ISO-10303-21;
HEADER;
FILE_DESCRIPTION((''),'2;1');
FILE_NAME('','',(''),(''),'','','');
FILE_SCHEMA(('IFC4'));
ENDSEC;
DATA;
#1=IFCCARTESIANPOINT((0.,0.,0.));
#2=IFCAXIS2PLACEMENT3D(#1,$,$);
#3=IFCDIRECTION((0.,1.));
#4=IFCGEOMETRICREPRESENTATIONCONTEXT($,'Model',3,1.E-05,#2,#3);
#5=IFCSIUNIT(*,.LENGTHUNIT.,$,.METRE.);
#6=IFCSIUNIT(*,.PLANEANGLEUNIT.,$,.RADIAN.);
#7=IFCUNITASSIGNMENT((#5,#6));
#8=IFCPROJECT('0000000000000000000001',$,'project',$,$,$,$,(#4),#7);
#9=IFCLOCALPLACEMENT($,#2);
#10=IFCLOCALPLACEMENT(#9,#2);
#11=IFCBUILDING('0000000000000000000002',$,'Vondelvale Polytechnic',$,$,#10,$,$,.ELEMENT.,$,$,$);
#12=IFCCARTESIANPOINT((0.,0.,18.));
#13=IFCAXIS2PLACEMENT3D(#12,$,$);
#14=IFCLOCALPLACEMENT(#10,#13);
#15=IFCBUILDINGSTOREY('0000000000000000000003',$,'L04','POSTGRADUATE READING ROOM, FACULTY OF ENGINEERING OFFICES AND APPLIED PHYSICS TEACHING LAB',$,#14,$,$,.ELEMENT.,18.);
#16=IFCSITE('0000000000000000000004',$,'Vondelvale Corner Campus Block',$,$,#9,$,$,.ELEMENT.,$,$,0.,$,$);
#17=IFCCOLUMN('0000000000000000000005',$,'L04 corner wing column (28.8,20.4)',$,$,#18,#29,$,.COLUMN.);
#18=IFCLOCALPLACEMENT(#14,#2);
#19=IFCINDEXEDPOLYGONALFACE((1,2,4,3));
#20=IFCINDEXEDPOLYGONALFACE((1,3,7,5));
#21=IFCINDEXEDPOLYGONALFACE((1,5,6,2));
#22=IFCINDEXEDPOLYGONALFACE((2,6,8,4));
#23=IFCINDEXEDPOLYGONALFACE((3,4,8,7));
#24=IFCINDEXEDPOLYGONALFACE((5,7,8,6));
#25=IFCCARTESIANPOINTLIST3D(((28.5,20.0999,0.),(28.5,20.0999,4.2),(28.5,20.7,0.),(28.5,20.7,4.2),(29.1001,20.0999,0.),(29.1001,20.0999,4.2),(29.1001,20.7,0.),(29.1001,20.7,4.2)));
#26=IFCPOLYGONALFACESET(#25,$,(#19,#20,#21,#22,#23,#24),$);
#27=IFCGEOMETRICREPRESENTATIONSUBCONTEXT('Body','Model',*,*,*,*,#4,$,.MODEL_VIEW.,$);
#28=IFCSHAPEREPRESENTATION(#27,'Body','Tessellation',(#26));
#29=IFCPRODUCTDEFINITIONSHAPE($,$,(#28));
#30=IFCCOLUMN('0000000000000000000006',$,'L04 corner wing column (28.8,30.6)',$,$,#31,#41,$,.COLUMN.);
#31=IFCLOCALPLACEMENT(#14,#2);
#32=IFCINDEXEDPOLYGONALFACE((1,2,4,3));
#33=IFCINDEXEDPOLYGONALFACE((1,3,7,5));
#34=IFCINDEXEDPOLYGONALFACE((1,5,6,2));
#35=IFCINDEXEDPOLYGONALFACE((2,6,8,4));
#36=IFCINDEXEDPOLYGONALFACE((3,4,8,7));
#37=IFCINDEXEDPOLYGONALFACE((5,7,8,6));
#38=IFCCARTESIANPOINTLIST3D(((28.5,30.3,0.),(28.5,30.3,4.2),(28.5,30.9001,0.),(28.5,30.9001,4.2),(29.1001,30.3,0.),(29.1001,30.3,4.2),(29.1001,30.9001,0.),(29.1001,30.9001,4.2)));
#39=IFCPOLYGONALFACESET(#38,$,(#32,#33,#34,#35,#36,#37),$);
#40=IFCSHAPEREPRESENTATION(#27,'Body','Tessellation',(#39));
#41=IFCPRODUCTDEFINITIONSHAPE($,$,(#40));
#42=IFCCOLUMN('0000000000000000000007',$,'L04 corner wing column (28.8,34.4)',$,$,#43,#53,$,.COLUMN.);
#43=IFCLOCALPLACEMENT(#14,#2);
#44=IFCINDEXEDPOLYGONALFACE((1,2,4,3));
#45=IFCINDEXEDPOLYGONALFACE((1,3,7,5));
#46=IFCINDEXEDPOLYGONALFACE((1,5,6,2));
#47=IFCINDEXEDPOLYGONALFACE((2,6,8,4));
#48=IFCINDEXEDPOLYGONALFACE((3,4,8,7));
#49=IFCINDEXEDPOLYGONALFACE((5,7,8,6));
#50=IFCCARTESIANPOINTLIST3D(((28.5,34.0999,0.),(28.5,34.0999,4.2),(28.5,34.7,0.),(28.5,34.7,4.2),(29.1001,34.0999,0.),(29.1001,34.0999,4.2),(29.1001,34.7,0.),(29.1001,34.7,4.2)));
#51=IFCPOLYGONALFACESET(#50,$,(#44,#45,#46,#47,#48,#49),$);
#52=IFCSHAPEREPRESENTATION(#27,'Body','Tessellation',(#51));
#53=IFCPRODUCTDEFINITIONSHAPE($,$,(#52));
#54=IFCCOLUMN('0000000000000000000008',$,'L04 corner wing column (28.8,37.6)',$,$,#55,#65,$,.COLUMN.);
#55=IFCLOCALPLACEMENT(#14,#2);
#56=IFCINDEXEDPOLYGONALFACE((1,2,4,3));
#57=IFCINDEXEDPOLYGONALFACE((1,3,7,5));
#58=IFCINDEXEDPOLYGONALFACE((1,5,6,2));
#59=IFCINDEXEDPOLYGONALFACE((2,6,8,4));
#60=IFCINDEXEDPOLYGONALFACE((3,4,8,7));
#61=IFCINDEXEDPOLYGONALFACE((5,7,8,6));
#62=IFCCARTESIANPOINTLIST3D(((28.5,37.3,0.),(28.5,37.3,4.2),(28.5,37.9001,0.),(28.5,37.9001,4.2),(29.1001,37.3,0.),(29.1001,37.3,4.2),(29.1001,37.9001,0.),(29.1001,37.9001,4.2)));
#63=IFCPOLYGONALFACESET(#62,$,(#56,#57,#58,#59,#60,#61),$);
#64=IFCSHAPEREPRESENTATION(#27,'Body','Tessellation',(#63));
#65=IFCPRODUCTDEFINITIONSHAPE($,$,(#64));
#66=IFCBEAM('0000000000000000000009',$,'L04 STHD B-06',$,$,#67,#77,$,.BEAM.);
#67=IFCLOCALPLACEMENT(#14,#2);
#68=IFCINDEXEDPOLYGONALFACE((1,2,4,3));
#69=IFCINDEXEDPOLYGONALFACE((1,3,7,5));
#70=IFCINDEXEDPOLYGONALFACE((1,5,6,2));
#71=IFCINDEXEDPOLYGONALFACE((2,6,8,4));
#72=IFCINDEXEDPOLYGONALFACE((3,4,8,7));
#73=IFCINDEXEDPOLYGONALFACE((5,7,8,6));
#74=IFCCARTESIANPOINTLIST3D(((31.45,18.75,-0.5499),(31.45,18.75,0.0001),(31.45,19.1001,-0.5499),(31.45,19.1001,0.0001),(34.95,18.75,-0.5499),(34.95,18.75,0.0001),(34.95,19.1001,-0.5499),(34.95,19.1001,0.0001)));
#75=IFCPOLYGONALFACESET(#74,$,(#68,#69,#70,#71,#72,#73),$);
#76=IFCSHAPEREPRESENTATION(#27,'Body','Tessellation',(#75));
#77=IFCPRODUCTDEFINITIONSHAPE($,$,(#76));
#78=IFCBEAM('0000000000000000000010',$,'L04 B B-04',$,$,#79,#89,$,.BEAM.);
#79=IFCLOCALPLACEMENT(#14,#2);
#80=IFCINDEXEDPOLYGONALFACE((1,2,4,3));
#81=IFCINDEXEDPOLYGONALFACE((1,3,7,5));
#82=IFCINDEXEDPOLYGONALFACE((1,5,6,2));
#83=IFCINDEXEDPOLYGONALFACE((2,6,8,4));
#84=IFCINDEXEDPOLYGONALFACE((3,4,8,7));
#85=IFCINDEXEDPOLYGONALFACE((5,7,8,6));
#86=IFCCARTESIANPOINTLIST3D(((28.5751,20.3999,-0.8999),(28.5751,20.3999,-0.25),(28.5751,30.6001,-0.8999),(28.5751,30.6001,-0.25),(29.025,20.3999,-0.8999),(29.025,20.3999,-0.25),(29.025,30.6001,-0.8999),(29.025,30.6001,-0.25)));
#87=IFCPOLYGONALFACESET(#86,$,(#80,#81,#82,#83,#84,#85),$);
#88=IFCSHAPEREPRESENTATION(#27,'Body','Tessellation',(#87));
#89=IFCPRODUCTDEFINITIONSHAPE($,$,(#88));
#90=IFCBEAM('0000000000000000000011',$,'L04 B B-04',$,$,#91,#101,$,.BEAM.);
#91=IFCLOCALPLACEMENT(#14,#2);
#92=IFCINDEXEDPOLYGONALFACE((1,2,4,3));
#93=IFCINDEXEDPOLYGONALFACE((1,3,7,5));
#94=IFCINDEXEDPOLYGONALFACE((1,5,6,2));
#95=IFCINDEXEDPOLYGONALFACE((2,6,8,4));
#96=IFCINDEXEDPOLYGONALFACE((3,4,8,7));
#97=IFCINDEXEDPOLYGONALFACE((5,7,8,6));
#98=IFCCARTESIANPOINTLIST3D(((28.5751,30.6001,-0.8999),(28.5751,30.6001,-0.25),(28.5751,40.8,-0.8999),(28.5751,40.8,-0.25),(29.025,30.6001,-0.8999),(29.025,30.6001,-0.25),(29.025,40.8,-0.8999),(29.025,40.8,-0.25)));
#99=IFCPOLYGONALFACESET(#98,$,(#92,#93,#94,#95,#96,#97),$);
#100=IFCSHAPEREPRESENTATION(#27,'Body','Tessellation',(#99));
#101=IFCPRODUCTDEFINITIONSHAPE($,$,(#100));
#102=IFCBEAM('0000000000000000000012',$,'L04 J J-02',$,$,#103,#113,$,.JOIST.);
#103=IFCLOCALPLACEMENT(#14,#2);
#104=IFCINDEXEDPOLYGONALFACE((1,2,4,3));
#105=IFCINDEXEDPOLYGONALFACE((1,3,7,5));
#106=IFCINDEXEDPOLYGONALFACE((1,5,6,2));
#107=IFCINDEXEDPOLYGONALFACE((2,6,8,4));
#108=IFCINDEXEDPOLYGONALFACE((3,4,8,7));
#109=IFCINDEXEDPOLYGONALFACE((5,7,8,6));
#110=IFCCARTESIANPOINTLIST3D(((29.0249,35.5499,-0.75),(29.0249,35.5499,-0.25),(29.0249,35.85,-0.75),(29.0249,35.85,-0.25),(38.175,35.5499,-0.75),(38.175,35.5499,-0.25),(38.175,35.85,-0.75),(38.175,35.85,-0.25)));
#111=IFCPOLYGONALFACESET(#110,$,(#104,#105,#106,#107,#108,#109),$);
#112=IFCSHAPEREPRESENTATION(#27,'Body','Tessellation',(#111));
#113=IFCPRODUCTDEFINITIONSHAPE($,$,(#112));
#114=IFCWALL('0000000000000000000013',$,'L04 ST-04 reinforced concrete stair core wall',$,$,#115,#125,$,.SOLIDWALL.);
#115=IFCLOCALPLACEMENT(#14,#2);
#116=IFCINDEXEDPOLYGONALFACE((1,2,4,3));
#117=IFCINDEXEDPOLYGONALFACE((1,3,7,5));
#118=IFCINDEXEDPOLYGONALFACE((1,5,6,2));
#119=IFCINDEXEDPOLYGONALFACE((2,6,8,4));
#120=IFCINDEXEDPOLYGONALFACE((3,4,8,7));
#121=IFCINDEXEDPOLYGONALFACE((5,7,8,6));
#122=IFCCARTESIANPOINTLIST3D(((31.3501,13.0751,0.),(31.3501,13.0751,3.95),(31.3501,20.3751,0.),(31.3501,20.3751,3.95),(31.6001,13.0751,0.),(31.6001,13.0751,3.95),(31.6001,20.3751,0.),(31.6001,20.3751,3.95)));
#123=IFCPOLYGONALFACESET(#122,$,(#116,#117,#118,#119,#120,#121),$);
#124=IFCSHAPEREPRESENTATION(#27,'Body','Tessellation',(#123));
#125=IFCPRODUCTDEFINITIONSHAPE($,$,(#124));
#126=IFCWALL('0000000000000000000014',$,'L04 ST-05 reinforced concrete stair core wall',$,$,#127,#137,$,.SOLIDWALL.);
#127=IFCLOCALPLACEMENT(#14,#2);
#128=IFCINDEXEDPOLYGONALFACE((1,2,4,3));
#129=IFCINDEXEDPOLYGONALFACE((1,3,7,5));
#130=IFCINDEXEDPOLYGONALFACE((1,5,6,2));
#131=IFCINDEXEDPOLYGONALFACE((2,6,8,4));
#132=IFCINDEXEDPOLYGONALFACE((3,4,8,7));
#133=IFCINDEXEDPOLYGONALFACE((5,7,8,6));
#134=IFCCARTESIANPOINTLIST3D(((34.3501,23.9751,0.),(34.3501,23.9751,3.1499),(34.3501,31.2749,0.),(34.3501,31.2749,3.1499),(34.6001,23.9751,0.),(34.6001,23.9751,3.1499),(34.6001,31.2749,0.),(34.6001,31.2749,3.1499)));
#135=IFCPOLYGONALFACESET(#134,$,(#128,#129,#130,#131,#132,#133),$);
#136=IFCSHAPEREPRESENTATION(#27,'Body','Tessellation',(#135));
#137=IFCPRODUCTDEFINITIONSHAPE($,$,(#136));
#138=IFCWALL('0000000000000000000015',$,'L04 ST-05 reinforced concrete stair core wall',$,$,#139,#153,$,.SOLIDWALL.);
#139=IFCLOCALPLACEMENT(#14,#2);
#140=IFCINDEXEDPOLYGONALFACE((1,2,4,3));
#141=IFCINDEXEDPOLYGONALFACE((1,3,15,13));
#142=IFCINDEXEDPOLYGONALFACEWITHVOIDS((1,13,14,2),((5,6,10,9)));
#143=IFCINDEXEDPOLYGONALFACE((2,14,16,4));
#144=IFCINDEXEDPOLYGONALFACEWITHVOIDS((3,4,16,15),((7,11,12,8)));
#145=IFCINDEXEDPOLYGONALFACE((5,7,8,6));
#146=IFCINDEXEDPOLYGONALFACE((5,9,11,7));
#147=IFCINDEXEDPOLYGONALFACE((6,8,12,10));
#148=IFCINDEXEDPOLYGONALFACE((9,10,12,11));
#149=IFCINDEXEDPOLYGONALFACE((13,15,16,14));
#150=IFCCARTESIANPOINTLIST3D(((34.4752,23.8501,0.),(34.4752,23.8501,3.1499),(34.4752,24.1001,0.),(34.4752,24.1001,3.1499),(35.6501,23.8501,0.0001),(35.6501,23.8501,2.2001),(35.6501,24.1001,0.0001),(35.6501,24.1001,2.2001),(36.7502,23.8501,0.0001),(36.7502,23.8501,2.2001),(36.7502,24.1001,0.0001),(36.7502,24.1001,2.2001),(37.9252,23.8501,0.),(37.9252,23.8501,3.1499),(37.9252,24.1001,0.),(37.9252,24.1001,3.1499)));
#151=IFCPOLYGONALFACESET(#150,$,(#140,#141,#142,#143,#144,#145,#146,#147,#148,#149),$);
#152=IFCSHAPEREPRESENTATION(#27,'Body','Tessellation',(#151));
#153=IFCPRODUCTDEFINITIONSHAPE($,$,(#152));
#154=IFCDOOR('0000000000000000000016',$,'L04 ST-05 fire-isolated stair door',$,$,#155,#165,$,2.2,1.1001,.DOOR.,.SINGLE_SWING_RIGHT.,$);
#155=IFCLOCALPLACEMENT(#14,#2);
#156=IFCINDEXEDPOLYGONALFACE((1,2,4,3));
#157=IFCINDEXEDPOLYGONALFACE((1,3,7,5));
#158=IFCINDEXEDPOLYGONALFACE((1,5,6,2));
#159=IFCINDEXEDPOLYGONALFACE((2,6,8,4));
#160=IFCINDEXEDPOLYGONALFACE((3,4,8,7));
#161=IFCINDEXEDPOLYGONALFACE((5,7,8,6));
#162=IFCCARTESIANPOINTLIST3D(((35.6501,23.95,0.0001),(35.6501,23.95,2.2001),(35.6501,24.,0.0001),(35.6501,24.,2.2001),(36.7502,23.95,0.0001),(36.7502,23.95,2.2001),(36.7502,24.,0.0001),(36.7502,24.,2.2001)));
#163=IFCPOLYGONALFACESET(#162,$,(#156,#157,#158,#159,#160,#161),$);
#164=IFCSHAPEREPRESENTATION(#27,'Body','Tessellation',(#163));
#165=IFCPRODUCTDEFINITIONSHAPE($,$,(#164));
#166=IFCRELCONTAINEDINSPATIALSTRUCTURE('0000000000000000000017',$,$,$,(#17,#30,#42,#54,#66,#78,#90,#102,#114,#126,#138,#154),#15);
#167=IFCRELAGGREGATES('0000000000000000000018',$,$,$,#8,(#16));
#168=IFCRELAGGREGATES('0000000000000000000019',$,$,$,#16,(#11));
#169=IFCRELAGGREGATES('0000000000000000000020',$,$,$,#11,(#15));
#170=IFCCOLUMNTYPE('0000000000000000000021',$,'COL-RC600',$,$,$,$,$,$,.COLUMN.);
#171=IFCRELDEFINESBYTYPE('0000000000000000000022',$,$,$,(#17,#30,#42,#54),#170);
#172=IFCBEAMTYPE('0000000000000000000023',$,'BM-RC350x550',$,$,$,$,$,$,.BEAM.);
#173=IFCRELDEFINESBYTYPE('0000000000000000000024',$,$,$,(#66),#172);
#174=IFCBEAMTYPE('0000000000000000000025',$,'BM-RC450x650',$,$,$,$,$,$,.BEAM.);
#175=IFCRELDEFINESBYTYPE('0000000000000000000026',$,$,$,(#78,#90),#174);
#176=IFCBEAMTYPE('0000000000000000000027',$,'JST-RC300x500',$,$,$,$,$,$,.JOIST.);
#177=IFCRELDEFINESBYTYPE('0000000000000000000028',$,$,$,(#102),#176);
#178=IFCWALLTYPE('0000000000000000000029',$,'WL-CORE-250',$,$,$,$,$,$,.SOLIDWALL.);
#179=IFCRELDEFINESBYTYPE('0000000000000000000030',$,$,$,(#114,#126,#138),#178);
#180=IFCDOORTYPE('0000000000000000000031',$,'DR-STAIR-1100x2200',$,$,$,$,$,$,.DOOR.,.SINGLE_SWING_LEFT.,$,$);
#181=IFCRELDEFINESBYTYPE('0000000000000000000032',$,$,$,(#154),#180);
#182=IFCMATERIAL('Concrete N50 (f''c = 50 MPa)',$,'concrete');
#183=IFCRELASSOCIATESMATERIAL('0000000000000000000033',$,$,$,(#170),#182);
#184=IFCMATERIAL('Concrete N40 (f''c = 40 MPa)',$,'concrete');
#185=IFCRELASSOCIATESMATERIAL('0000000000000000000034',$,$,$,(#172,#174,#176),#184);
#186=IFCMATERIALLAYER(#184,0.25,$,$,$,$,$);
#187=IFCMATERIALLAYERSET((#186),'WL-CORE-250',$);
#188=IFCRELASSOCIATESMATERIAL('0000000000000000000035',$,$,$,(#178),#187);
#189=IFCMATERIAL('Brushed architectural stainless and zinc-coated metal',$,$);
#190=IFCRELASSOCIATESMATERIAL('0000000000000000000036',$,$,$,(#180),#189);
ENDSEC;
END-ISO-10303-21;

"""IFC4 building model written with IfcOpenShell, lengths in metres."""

from ifc_helpers import new_model, si_unit, direction, frame, frame_2d, origin, origin_2d, place, context, subcontext, project, spatial, rectangle, extrude, material, layer, layer_set, material_profile, profile_set, type_object, element, fill, save


model = new_model("IFC4")

# Units and contexts
model_context = context("Model", 3, precision=1e-05, world=origin(), true_north=direction((0.0, 1.0)))
body_context = subcontext(model_context, "Body", "Model", "MODEL_VIEW")
ifc_project = project(units=[si_unit("LENGTHUNIT", "METRE"), si_unit("PLANEANGLEUNIT", "RADIAN")], contexts=[model_context])

# Site, building, storey
site_placement = place(None, origin())
site = spatial("IfcSite", under=ifc_project, at=site_placement, Name="Vondelvale Corner Campus Block", CompositionType="ELEMENT", RefElevation=0.0)
building_placement = place(site_placement, origin())
building = spatial("IfcBuilding", under=site, at=building_placement, Name="Vondelvale Polytechnic", CompositionType="ELEMENT")
storey_placement = place(building_placement, frame((0.0, 0.0, 18.0)))
storey = spatial("IfcBuildingStorey", under=building, at=storey_placement, Name="L04", Description="POSTGRADUATE READING ROOM, FACULTY OF ENGINEERING OFFICES AND APPLIED PHYSICS TEACHING LAB", CompositionType="ELEMENT", Elevation=18.0)

# Columns
ifc_material_1 = material(Name="Concrete N50 (f'c = 50 MPa)", Category="concrete")
ifc_material_profile_1 = material_profile(ifc_material_1, rectangle(XDim=0.6001, YDim=0.6001, at=origin_2d()), Name="RC-COL-600x600")
ifc_profile_set_1 = profile_set([ifc_material_profile_1], Name="Concrete N50 (f'c = 50 MPa)")
column_type = type_object("IfcColumnType", Name="COL-RC600", PredefinedType="COLUMN", material=ifc_profile_set_1)
for number, where, z_axis, x_axis, name in (
    (1, (28.8, 20.3999, 0.0), (0.0, 0.0, 1.0), (1.0, 0.0, 0.0), "L04 corner wing column (28.8,20.4)"),
    (2, (28.8, 30.6001, 0.0), (0.0, 0.0, 1.0), (1.0, 0.0, 0.0), "L04 corner wing column (28.8,30.6)"),
    (3, (28.8, 34.3999, 0.0), (0.0, 0.0, 1.0), (1.0, 0.0, 0.0), "L04 corner wing column (28.8,34.4)"),
    (4, (28.8, 37.6001, 0.0), (0.0, 0.0, 1.0), (1.0, 0.0, 0.0), "L04 corner wing column (28.8,37.6)"),
):
    element("IfcColumn", number, at=place(storey_placement, frame(where, z_axis=z_axis, x_axis=x_axis)), inside=storey, type_object=column_type, Name=name, PredefinedType="COLUMN", context=body_context, shape_type="SweptSolid", body=[
        extrude(rectangle(XDim=0.6001, YDim=0.6001, at=origin_2d()), origin(), (0.0, 0.0, 1.0), 4.2),
    ])

# Beams
ifc_material_2 = material(Name="Concrete N40 (f'c = 40 MPa)", Category="concrete")
ifc_material_profile_2 = material_profile(ifc_material_2, rectangle(XDim=0.3501, YDim=0.55, at=origin_2d()), Name="RC-BM-350x550")
ifc_profile_set_2 = profile_set([ifc_material_profile_2], Name="Concrete N40 (f'c = 40 MPa)")
beam_type_1 = type_object("IfcBeamType", Name="BM-RC350x550", PredefinedType="BEAM", material=ifc_profile_set_2)
beam_1_placement = place(storey_placement, frame((31.45, 18.925, -0.2749), z_axis=(1.0, 0.0, 0.0), x_axis=(0.0, 1.0, 0.0)))
element("IfcBeam", 5, at=beam_1_placement, inside=storey, type_object=beam_type_1, Name="L04 STHD B-06", PredefinedType="BEAM", context=body_context, shape_type="SweptSolid", body=[
    extrude(rectangle(XDim=0.3501, YDim=0.55, at=origin_2d()), origin(), (0.0, 0.0, 1.0), 3.5),
])
ifc_material_profile_3 = material_profile(ifc_material_2, rectangle(XDim=0.45, YDim=0.6499, at=origin_2d()), Name="RC-BM-450x650")
ifc_profile_set_3 = profile_set([ifc_material_profile_3], Name="Concrete N40 (f'c = 40 MPa)")
beam_type_2 = type_object("IfcBeamType", Name="BM-RC450x650", PredefinedType="BEAM", material=ifc_profile_set_3)
beam_2_placement = place(storey_placement, frame((28.8, 20.3999, -0.575), z_axis=(0.0, 1.0, 0.0), x_axis=(-1.0, 0.0, 0.0)))
element("IfcBeam", 6, at=beam_2_placement, inside=storey, type_object=beam_type_2, Name="L04 B B-04", PredefinedType="BEAM", context=body_context, shape_type="SweptSolid", body=[
    extrude(rectangle(XDim=0.45, YDim=0.6499, at=origin_2d()), origin(), (0.0, 0.0, 1.0), 10.2002),
])
beam_3_placement = place(storey_placement, frame((28.8, 30.6001, -0.575), z_axis=(0.0, 1.0, 0.0), x_axis=(-1.0, 0.0, 0.0)))
element("IfcBeam", 7, at=beam_3_placement, inside=storey, type_object=beam_type_2, Name="L04 B B-04", PredefinedType="BEAM", context=body_context, shape_type="SweptSolid", body=[
    extrude(rectangle(XDim=0.45, YDim=0.6499, at=origin_2d()), origin(), (0.0, 0.0, 1.0), 10.2),
])
ifc_material_profile_4 = material_profile(ifc_material_2, rectangle(XDim=0.3, YDim=0.5, at=origin_2d()), Name="RC-JST-300x500")
ifc_profile_set_4 = profile_set([ifc_material_profile_4], Name="Concrete N40 (f'c = 40 MPa)")
beam_type_3 = type_object("IfcBeamType", Name="JST-RC300x500", PredefinedType="JOIST", material=ifc_profile_set_4)
beam_4_placement = place(storey_placement, frame((29.0249, 35.7, -0.5), z_axis=(1.0, 0.0, 0.0), x_axis=(0.0, 1.0, 0.0)))
element("IfcBeam", 8, at=beam_4_placement, inside=storey, type_object=beam_type_3, Name="L04 J J-02", PredefinedType="JOIST", context=body_context, shape_type="SweptSolid", body=[
    extrude(rectangle(XDim=0.3, YDim=0.5, at=origin_2d()), origin(), (0.0, 0.0, 1.0), 9.1501),
])

# Walls
ifc_layer_1 = layer(ifc_material_2, 0.25)
ifc_layer_set_1 = layer_set([ifc_layer_1], Name="WL-CORE-250")
wall_type_1 = type_object("IfcWallType", Name="WL-CORE-250", PredefinedType="SOLIDWALL", material=ifc_layer_set_1)
wall_1_placement = place(storey_placement, frame((31.4751, 20.375, 0.0), z_axis=(0.0, 0.0, 1.0), x_axis=(0.0, -1.0, 0.0)))
element("IfcWall", 9, at=wall_1_placement, inside=storey, type_object=wall_type_1, Name="L04 ST-04 reinforced concrete stair core wall", PredefinedType="SOLIDWALL", context=body_context, shape_type="SweptSolid", body=[
    extrude(rectangle(XDim=7.3, YDim=0.25, at=frame_2d((3.6499, 0.0))), origin(), (0.0, 0.0, 1.0), 3.95),
])
wall_2_placement = place(storey_placement, frame((34.4751, 31.2749, 0.0), z_axis=(0.0, 0.0, 1.0), x_axis=(0.0, -1.0, 0.0)))
element("IfcWall", 10, at=wall_2_placement, inside=storey, type_object=wall_type_1, Name="L04 ST-05 reinforced concrete stair core wall", PredefinedType="SOLIDWALL", context=body_context, shape_type="SweptSolid", body=[
    extrude(rectangle(XDim=7.2998, YDim=0.25, at=frame_2d((3.6499, 0.0))), origin(), (0.0, 0.0, 1.0), 3.1499),
])

# Wall, opening, door
wall_3_placement = place(storey_placement, frame((34.4751, 23.9751, 0.0), z_axis=(0.0, 0.0, 1.0), x_axis=(1.0, 0.0, 0.0)))
wall_3 = element("IfcWall", 11, at=wall_3_placement, inside=storey, type_object=wall_type_1, Name="L04 ST-05 reinforced concrete stair core wall", PredefinedType="SOLIDWALL", context=body_context, shape_type="SweptSolid", body=[
    extrude(rectangle(XDim=3.45, YDim=0.25, at=frame_2d((1.7251, 0.0))), origin(), (0.0, 0.0, 1.0), 3.1499),
])
opening_1_placement = place(wall_3_placement, frame((1.175, 0.0, 0.0)))
opening_1 = element("IfcOpeningElement", 12, at=opening_1_placement, cuts=wall_3, PredefinedType="OPENING", context=body_context, shape_type="SweptSolid", body=[
    extrude(rectangle(XDim=1.1001, YDim=2.2, at=frame_2d((0.55, 1.1001))), frame((0.0, 0.135, 0.0), z_axis=(0.0, -1.0, 0.0), x_axis=(1.0, 0.0, 0.0)), (0.0, 0.0, 1.0), 0.27),
])
ifc_material_3 = material(Name="Brushed architectural stainless and zinc-coated metal")
door_type_1 = type_object("IfcDoorType", Name="DR-STAIR-1100x2200", OperationType="SINGLE_SWING_LEFT", PredefinedType="DOOR", material=ifc_material_3)
door_1_placement = place(opening_1_placement, origin())
door_1 = element("IfcDoor", 13, at=door_1_placement, inside=storey, type_object=door_type_1, Name="L04 ST-05 fire-isolated stair door", OperationType="SINGLE_SWING_RIGHT", OverallHeight=2.2, OverallWidth=1.1001, PredefinedType="DOOR", context=body_context, shape_type="SweptSolid", body=[
    extrude(rectangle(XDim=1.1001, YDim=2.2, at=frame_2d((0.55, 1.1001))), frame((0.0, 0.0249, 0.0), z_axis=(0.0, -1.0, 0.0), x_axis=(1.0, 0.0, 0.0)), (0.0, 0.0, 1.0), 0.05),
])
fill(opening_1, door_1)

save(model, "model.ifc")
